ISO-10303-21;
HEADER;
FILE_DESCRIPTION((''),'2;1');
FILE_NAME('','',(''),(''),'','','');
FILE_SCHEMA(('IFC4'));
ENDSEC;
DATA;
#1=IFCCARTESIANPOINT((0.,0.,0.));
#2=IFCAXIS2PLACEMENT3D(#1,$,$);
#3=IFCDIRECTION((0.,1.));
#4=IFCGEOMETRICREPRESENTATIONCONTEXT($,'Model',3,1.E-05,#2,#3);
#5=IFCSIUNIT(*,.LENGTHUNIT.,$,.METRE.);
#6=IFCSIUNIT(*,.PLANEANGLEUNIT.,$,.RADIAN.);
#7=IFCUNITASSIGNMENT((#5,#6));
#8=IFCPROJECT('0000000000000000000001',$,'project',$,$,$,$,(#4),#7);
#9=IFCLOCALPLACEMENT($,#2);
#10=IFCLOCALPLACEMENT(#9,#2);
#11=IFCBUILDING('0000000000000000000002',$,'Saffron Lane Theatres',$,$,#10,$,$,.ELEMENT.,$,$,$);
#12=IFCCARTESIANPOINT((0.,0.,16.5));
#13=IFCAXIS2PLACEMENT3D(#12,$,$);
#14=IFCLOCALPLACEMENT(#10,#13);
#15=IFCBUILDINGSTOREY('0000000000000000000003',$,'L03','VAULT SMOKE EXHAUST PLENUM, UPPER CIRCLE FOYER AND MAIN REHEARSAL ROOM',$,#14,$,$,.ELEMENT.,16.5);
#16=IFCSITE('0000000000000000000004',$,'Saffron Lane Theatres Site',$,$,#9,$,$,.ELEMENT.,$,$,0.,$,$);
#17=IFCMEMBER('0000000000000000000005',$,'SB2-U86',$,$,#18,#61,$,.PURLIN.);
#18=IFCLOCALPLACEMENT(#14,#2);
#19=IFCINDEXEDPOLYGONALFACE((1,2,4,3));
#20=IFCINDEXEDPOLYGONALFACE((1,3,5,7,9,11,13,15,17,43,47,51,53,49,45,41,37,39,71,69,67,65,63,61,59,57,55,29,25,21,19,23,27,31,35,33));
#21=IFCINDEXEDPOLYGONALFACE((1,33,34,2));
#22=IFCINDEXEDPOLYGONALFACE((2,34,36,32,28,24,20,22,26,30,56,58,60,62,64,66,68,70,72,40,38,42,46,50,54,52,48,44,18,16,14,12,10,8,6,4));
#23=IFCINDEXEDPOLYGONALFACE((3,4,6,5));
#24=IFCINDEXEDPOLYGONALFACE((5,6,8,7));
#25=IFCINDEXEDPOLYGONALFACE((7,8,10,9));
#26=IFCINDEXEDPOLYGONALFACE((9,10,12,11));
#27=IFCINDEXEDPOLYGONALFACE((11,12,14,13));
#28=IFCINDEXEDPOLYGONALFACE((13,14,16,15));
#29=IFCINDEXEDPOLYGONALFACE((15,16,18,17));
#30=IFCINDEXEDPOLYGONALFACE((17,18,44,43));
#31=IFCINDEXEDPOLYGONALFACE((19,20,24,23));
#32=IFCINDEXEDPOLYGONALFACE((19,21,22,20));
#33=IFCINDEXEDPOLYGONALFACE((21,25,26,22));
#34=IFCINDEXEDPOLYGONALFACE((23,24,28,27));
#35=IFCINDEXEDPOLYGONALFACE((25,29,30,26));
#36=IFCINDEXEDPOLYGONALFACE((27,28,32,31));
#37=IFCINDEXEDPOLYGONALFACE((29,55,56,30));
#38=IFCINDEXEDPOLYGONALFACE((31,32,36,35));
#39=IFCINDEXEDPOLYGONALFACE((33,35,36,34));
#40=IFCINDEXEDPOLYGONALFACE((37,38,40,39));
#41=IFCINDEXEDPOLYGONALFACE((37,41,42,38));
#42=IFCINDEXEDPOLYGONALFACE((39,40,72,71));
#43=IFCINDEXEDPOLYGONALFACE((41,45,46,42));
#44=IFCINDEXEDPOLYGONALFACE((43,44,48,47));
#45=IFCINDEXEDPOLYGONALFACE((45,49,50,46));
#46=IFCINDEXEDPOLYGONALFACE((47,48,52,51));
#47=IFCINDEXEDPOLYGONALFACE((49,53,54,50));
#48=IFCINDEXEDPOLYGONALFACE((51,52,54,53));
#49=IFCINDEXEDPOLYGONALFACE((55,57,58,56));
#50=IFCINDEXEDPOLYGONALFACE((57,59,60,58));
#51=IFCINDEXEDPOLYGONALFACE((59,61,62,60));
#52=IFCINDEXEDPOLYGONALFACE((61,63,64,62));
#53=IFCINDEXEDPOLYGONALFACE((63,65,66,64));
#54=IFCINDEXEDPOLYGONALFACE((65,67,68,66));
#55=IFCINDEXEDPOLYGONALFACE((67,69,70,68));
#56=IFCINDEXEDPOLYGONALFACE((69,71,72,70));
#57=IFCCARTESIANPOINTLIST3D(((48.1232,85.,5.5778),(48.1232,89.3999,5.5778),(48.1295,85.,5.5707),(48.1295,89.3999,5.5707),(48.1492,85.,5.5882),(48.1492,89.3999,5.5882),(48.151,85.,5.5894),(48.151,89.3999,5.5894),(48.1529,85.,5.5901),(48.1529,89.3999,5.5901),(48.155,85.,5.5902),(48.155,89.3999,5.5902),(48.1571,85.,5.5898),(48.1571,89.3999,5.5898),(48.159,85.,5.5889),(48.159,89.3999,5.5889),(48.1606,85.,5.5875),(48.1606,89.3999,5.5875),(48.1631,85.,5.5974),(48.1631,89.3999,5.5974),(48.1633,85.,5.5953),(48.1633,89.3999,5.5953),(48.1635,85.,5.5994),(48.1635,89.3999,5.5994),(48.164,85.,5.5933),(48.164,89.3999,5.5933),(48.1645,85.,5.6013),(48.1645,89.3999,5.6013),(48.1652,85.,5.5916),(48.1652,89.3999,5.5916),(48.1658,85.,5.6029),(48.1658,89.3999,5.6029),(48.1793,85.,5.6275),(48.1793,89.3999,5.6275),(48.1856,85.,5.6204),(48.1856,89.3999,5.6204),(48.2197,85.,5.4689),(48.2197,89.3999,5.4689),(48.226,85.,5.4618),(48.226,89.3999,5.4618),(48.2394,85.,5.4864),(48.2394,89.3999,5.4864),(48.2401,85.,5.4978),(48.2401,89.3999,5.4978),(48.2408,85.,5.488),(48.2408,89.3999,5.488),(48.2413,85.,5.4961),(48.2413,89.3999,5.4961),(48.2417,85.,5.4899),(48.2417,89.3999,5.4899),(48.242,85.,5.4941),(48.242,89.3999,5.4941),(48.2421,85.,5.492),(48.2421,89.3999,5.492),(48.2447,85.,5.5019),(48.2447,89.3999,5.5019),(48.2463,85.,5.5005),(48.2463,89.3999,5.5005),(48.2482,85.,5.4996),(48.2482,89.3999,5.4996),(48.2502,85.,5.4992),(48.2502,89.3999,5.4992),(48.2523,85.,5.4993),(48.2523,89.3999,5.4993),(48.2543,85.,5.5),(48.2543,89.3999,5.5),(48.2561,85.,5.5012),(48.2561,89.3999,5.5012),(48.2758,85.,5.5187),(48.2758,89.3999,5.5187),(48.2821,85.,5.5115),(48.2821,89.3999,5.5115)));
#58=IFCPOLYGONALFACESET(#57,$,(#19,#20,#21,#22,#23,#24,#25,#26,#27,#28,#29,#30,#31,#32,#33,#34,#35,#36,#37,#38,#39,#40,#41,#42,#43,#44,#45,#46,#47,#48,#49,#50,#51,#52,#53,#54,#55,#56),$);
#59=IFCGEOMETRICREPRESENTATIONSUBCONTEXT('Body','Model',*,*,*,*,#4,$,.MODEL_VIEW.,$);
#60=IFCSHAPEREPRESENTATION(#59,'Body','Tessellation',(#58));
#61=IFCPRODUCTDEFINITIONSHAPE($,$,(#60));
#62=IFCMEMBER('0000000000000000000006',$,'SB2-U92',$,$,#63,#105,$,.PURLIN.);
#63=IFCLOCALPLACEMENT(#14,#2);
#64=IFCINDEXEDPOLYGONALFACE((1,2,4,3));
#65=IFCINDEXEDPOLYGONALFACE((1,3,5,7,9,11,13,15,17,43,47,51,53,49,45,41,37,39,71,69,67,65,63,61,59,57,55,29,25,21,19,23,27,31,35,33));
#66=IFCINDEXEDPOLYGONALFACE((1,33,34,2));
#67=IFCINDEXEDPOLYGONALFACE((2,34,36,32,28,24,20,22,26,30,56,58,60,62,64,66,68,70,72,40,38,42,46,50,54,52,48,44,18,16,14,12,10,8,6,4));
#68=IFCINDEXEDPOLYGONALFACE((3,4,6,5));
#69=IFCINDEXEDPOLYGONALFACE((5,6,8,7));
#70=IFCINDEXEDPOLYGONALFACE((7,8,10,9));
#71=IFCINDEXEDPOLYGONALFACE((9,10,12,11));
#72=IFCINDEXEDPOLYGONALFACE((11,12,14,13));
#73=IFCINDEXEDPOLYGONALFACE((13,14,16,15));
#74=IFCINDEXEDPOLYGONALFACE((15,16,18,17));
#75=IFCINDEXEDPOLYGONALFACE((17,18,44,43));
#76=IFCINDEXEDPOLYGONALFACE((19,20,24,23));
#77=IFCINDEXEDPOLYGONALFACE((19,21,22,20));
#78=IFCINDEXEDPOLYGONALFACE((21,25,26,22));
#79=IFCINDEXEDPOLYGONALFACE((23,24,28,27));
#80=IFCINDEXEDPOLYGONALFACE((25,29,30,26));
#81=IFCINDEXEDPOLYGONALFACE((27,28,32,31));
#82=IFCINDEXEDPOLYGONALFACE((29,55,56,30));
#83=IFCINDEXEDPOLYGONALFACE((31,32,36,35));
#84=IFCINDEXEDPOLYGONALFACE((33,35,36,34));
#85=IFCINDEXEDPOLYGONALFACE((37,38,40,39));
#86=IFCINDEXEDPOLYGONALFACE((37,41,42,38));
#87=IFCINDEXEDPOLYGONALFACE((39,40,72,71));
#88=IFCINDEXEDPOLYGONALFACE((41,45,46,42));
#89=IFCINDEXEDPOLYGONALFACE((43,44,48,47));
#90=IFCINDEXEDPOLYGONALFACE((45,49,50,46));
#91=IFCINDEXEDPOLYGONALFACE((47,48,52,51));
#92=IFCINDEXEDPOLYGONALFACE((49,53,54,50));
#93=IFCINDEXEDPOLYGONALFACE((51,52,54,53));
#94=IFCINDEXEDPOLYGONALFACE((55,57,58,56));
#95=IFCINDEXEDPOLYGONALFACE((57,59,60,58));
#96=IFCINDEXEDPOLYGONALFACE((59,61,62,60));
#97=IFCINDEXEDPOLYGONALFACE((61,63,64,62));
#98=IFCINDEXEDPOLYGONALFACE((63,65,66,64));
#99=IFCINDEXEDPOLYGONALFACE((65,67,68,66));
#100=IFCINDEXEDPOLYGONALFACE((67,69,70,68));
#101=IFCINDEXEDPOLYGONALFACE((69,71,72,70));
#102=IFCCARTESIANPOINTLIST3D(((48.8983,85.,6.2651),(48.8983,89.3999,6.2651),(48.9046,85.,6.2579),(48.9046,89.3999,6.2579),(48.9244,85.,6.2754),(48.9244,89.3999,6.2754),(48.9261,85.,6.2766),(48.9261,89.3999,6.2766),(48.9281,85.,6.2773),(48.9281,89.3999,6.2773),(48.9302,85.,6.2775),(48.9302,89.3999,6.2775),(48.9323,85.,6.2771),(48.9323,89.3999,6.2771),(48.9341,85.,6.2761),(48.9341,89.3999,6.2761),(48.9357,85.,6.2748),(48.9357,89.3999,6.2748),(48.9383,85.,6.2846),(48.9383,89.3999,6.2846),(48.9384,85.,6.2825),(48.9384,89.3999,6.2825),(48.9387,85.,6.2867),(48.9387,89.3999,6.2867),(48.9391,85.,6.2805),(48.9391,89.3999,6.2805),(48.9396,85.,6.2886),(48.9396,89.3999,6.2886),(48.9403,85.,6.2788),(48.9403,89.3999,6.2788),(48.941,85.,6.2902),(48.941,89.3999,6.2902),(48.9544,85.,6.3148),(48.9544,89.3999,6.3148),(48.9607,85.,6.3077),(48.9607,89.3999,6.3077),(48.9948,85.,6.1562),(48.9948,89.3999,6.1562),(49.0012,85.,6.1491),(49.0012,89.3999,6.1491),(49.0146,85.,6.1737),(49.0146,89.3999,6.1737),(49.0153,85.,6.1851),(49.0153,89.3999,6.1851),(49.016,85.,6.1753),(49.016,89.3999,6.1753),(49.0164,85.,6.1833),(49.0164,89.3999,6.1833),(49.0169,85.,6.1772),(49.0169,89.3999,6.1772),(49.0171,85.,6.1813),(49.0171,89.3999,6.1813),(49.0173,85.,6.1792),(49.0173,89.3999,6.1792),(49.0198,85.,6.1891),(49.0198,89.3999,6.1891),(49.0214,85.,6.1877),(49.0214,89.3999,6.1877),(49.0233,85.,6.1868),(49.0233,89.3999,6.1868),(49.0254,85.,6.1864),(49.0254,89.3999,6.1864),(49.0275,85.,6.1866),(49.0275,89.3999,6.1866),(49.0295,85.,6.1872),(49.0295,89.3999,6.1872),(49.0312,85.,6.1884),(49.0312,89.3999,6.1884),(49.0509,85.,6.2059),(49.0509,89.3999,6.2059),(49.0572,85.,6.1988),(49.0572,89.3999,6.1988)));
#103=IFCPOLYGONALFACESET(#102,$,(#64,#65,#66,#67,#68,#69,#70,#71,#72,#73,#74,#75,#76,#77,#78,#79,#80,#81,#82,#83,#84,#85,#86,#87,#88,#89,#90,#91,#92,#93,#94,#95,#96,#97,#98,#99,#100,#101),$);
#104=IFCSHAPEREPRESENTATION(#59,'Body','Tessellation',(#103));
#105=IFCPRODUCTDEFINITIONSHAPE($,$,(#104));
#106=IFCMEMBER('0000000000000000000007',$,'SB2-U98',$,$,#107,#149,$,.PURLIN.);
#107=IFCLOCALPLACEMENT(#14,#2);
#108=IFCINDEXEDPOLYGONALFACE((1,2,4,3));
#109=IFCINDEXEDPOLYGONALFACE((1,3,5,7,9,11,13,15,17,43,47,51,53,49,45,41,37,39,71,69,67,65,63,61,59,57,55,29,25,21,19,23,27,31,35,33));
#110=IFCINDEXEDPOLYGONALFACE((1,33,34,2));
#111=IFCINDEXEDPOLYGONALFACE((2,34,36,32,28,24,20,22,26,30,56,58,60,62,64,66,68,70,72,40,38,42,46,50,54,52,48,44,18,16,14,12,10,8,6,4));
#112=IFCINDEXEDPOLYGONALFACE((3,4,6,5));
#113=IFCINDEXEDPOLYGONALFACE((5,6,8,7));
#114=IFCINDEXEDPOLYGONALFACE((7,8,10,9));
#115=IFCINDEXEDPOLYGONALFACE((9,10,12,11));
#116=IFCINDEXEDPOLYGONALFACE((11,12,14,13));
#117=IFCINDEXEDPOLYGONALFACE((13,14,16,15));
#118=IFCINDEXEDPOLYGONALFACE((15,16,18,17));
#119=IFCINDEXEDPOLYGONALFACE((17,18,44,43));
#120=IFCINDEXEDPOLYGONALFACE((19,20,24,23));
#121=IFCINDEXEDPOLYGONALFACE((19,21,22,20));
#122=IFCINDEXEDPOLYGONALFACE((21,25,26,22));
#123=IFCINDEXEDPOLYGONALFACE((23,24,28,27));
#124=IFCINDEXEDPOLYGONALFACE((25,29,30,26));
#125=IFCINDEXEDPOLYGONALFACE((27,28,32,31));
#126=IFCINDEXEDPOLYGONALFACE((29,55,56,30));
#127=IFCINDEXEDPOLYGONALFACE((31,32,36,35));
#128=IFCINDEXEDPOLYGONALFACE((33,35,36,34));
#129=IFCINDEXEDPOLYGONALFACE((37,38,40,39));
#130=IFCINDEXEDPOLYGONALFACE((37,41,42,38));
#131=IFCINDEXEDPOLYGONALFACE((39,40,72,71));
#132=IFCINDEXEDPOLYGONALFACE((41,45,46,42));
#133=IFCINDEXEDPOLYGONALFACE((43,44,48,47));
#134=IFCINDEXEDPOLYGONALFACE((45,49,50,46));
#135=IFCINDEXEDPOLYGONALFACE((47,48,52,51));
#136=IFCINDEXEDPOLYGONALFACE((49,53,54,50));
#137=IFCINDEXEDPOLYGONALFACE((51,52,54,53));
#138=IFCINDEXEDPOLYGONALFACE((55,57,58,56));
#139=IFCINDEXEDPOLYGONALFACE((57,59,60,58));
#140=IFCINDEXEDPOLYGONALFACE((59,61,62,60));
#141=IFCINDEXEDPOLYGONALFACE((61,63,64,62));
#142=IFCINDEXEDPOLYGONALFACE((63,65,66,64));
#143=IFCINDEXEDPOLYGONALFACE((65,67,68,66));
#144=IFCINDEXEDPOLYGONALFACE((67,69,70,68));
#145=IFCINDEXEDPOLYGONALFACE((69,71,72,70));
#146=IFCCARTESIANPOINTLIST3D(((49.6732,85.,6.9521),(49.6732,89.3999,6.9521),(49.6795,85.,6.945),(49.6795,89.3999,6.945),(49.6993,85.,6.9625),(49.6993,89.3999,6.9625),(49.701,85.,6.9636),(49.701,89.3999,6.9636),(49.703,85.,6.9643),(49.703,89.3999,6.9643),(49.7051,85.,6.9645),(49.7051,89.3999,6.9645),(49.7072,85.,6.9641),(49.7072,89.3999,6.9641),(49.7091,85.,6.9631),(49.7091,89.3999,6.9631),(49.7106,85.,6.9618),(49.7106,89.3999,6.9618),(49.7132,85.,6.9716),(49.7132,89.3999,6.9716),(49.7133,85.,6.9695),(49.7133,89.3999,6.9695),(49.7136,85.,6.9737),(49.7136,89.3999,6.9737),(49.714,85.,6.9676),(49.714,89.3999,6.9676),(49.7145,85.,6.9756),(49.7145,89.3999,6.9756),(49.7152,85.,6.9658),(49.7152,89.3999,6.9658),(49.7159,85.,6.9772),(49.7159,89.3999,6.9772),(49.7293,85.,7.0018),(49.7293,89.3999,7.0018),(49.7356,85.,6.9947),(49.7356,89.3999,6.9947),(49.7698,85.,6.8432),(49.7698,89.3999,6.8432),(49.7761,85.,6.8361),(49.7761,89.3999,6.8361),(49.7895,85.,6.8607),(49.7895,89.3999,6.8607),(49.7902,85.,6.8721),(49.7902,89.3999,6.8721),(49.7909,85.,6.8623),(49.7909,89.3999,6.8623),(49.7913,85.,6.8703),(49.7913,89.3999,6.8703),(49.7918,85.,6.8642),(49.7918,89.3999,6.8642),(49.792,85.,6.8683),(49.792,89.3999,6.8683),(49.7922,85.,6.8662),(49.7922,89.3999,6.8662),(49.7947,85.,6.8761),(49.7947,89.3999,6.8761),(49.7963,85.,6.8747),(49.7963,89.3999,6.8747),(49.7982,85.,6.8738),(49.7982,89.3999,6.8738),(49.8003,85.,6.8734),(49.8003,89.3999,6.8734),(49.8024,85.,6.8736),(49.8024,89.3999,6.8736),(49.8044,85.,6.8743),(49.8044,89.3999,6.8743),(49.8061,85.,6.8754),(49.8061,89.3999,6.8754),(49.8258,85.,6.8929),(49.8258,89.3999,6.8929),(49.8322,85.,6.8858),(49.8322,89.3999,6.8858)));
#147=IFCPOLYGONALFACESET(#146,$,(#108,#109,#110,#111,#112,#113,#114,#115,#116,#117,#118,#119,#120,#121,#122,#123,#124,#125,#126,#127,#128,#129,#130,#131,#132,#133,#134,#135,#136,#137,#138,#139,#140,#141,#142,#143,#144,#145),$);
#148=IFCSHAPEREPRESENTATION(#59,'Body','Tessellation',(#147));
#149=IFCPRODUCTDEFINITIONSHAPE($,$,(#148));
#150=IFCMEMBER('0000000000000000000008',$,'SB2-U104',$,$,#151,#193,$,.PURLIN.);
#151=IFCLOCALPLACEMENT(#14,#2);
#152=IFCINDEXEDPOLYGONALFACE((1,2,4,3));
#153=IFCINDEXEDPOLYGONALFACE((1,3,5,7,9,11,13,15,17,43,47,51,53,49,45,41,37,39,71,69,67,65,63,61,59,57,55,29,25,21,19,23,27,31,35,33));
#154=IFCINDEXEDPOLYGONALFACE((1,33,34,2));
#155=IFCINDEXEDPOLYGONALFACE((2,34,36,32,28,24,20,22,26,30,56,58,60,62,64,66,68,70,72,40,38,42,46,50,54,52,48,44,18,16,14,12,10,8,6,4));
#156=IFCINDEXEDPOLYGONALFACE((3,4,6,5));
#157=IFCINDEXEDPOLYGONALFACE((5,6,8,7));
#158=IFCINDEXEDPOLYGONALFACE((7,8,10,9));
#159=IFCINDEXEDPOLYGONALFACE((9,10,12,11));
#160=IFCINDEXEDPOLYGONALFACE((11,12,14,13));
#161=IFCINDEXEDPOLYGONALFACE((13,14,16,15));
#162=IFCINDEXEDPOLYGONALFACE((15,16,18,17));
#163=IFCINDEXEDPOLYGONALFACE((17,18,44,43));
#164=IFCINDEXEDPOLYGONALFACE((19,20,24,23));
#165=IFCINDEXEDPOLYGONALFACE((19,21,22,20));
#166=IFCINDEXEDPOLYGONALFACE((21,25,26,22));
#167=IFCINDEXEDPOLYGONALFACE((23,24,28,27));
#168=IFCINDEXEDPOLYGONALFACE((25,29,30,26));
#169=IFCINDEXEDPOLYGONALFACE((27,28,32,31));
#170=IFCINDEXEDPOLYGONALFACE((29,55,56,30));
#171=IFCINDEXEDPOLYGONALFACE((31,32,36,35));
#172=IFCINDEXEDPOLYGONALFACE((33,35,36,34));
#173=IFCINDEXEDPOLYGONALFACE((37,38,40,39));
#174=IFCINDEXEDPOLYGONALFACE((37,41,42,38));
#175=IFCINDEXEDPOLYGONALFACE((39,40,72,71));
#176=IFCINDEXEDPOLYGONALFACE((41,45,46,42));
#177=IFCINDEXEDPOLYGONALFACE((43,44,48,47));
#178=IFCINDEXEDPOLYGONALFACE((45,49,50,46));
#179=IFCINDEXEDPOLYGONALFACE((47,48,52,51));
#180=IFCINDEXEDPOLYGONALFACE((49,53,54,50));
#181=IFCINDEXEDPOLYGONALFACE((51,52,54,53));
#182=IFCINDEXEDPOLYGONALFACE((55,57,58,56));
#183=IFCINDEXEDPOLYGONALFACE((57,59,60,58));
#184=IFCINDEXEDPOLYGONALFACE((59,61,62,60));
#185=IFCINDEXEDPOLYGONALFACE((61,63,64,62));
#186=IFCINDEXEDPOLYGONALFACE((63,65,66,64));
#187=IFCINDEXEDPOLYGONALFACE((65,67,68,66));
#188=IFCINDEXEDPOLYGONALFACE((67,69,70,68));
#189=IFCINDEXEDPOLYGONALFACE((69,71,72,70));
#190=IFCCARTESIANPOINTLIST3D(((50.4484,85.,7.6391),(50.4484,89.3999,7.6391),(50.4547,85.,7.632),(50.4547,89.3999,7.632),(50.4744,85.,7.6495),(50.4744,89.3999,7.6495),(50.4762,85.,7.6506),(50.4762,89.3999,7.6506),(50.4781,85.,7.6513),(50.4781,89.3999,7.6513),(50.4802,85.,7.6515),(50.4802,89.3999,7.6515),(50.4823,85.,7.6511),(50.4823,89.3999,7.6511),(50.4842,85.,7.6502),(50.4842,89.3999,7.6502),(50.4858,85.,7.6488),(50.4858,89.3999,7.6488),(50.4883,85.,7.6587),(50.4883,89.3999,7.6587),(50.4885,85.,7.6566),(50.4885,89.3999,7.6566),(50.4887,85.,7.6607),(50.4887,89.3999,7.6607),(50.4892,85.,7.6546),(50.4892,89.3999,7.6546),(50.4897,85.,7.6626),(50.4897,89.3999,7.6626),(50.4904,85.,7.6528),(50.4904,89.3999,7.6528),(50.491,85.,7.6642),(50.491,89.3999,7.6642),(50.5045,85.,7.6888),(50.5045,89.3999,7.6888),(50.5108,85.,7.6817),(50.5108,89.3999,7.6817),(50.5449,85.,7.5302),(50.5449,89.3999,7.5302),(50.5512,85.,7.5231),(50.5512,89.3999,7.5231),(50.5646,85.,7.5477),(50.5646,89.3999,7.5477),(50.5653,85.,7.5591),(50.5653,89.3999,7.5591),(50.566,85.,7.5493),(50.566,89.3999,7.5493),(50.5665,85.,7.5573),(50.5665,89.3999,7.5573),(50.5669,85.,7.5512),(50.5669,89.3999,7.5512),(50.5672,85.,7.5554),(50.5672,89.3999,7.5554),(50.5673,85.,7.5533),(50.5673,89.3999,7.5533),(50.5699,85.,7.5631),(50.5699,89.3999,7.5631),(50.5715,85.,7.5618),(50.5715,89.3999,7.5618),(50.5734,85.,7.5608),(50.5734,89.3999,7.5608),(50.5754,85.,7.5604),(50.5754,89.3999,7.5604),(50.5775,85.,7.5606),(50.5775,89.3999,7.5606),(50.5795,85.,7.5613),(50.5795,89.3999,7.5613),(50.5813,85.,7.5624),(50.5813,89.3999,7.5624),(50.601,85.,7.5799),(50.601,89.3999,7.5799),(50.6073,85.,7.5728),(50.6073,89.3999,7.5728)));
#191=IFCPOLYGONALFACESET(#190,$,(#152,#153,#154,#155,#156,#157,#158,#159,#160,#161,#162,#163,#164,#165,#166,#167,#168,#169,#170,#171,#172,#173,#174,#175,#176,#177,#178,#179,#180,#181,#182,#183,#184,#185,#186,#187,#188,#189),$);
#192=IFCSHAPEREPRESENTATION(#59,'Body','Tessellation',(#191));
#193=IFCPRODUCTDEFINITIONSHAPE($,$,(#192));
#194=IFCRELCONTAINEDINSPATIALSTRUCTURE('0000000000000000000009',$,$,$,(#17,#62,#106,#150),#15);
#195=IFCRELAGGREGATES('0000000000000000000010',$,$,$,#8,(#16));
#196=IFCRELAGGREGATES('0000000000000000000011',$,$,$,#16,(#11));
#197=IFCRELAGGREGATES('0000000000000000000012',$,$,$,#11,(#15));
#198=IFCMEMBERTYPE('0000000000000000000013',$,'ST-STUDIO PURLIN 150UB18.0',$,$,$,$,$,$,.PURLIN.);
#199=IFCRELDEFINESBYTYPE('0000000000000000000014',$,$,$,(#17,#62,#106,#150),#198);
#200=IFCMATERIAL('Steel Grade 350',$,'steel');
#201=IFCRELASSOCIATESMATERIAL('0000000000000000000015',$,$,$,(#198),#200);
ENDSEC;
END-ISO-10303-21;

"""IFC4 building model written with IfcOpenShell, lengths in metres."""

from ifc_helpers import new_model, si_unit, direction, frame, origin, origin_2d, place, context, subcontext, project, spatial, i_section, extrude, material, material_profile, profile_set, type_object, element, save


model = new_model("IFC4")

# Units and contexts
model_context = context("Model", 3, precision=1e-05, world=origin(), true_north=direction((0.0, 1.0)))
body_context = subcontext(model_context, "Body", "Model", "MODEL_VIEW")
ifc_project = project(units=[si_unit("LENGTHUNIT", "METRE"), si_unit("PLANEANGLEUNIT", "RADIAN")], contexts=[model_context])

# Site, building, storey
site_placement = place(None, origin())
site = spatial("IfcSite", under=ifc_project, at=site_placement, Name="Saffron Lane Theatres Site", CompositionType="ELEMENT", RefElevation=0.0)
building_placement = place(site_placement, origin())
building = spatial("IfcBuilding", under=site, at=building_placement, Name="Saffron Lane Theatres", CompositionType="ELEMENT")
storey_placement = place(building_placement, frame((0.0, 0.0, 16.5)))
storey = spatial("IfcBuildingStorey", under=building, at=storey_placement, Name="L03", Description="VAULT SMOKE EXHAUST PLENUM, UPPER CIRCLE FOYER AND MAIN REHEARSAL ROOM", CompositionType="ELEMENT", Elevation=16.5)

# Members
ifc_material_1 = material(Name="Steel Grade 350", Category="steel")
ifc_material_profile_1 = material_profile(ifc_material_1, i_section(OverallWidth=0.075, OverallDepth=0.155, WebThickness=0.0061, FlangeThickness=0.0095, FilletRadius=0.0081, at=origin_2d()))
ifc_profile_set_1 = profile_set([ifc_material_profile_1], Name="Steel Grade 350")
member_type_1 = type_object("IfcMemberType", Name="ST-STUDIO PURLIN 150UB18.0", PredefinedType="PURLIN", material=ifc_profile_set_1)
for number, where, z_axis, x_axis, name in (
    (1, (48.2026, 85.0, 5.5447), (0.0, 1.0, 0.0), (-0.748269, 0.0, -0.663396), "SB2-U86"),
    (2, (48.9778, 85.0, 6.2319), (0.0, 1.0, 0.0), (-0.748269, 0.0, -0.663396), "SB2-U92"),
    (3, (49.7527, 85.0, 6.9189), (0.0, 1.0, 0.0), (-0.748269, 0.0, -0.663396), "SB2-U98"),
    (4, (50.5278, 85.0, 7.606), (0.0, 1.0, 0.0), (-0.748269, 0.0, -0.663396), "SB2-U104"),
):
    element("IfcMember", number, at=place(storey_placement, frame(where, z_axis=z_axis, x_axis=x_axis)), inside=storey, type_object=member_type_1, Name=name, PredefinedType="PURLIN", context=body_context, shape_type="SweptSolid", body=[
        extrude(i_section(OverallWidth=0.075, OverallDepth=0.155, WebThickness=0.0061, FlangeThickness=0.0095, FilletRadius=0.0081, at=origin_2d()), origin(), (0.0, 0.0, 1.0), 4.3999),
    ])

save(model, "model.ifc")
